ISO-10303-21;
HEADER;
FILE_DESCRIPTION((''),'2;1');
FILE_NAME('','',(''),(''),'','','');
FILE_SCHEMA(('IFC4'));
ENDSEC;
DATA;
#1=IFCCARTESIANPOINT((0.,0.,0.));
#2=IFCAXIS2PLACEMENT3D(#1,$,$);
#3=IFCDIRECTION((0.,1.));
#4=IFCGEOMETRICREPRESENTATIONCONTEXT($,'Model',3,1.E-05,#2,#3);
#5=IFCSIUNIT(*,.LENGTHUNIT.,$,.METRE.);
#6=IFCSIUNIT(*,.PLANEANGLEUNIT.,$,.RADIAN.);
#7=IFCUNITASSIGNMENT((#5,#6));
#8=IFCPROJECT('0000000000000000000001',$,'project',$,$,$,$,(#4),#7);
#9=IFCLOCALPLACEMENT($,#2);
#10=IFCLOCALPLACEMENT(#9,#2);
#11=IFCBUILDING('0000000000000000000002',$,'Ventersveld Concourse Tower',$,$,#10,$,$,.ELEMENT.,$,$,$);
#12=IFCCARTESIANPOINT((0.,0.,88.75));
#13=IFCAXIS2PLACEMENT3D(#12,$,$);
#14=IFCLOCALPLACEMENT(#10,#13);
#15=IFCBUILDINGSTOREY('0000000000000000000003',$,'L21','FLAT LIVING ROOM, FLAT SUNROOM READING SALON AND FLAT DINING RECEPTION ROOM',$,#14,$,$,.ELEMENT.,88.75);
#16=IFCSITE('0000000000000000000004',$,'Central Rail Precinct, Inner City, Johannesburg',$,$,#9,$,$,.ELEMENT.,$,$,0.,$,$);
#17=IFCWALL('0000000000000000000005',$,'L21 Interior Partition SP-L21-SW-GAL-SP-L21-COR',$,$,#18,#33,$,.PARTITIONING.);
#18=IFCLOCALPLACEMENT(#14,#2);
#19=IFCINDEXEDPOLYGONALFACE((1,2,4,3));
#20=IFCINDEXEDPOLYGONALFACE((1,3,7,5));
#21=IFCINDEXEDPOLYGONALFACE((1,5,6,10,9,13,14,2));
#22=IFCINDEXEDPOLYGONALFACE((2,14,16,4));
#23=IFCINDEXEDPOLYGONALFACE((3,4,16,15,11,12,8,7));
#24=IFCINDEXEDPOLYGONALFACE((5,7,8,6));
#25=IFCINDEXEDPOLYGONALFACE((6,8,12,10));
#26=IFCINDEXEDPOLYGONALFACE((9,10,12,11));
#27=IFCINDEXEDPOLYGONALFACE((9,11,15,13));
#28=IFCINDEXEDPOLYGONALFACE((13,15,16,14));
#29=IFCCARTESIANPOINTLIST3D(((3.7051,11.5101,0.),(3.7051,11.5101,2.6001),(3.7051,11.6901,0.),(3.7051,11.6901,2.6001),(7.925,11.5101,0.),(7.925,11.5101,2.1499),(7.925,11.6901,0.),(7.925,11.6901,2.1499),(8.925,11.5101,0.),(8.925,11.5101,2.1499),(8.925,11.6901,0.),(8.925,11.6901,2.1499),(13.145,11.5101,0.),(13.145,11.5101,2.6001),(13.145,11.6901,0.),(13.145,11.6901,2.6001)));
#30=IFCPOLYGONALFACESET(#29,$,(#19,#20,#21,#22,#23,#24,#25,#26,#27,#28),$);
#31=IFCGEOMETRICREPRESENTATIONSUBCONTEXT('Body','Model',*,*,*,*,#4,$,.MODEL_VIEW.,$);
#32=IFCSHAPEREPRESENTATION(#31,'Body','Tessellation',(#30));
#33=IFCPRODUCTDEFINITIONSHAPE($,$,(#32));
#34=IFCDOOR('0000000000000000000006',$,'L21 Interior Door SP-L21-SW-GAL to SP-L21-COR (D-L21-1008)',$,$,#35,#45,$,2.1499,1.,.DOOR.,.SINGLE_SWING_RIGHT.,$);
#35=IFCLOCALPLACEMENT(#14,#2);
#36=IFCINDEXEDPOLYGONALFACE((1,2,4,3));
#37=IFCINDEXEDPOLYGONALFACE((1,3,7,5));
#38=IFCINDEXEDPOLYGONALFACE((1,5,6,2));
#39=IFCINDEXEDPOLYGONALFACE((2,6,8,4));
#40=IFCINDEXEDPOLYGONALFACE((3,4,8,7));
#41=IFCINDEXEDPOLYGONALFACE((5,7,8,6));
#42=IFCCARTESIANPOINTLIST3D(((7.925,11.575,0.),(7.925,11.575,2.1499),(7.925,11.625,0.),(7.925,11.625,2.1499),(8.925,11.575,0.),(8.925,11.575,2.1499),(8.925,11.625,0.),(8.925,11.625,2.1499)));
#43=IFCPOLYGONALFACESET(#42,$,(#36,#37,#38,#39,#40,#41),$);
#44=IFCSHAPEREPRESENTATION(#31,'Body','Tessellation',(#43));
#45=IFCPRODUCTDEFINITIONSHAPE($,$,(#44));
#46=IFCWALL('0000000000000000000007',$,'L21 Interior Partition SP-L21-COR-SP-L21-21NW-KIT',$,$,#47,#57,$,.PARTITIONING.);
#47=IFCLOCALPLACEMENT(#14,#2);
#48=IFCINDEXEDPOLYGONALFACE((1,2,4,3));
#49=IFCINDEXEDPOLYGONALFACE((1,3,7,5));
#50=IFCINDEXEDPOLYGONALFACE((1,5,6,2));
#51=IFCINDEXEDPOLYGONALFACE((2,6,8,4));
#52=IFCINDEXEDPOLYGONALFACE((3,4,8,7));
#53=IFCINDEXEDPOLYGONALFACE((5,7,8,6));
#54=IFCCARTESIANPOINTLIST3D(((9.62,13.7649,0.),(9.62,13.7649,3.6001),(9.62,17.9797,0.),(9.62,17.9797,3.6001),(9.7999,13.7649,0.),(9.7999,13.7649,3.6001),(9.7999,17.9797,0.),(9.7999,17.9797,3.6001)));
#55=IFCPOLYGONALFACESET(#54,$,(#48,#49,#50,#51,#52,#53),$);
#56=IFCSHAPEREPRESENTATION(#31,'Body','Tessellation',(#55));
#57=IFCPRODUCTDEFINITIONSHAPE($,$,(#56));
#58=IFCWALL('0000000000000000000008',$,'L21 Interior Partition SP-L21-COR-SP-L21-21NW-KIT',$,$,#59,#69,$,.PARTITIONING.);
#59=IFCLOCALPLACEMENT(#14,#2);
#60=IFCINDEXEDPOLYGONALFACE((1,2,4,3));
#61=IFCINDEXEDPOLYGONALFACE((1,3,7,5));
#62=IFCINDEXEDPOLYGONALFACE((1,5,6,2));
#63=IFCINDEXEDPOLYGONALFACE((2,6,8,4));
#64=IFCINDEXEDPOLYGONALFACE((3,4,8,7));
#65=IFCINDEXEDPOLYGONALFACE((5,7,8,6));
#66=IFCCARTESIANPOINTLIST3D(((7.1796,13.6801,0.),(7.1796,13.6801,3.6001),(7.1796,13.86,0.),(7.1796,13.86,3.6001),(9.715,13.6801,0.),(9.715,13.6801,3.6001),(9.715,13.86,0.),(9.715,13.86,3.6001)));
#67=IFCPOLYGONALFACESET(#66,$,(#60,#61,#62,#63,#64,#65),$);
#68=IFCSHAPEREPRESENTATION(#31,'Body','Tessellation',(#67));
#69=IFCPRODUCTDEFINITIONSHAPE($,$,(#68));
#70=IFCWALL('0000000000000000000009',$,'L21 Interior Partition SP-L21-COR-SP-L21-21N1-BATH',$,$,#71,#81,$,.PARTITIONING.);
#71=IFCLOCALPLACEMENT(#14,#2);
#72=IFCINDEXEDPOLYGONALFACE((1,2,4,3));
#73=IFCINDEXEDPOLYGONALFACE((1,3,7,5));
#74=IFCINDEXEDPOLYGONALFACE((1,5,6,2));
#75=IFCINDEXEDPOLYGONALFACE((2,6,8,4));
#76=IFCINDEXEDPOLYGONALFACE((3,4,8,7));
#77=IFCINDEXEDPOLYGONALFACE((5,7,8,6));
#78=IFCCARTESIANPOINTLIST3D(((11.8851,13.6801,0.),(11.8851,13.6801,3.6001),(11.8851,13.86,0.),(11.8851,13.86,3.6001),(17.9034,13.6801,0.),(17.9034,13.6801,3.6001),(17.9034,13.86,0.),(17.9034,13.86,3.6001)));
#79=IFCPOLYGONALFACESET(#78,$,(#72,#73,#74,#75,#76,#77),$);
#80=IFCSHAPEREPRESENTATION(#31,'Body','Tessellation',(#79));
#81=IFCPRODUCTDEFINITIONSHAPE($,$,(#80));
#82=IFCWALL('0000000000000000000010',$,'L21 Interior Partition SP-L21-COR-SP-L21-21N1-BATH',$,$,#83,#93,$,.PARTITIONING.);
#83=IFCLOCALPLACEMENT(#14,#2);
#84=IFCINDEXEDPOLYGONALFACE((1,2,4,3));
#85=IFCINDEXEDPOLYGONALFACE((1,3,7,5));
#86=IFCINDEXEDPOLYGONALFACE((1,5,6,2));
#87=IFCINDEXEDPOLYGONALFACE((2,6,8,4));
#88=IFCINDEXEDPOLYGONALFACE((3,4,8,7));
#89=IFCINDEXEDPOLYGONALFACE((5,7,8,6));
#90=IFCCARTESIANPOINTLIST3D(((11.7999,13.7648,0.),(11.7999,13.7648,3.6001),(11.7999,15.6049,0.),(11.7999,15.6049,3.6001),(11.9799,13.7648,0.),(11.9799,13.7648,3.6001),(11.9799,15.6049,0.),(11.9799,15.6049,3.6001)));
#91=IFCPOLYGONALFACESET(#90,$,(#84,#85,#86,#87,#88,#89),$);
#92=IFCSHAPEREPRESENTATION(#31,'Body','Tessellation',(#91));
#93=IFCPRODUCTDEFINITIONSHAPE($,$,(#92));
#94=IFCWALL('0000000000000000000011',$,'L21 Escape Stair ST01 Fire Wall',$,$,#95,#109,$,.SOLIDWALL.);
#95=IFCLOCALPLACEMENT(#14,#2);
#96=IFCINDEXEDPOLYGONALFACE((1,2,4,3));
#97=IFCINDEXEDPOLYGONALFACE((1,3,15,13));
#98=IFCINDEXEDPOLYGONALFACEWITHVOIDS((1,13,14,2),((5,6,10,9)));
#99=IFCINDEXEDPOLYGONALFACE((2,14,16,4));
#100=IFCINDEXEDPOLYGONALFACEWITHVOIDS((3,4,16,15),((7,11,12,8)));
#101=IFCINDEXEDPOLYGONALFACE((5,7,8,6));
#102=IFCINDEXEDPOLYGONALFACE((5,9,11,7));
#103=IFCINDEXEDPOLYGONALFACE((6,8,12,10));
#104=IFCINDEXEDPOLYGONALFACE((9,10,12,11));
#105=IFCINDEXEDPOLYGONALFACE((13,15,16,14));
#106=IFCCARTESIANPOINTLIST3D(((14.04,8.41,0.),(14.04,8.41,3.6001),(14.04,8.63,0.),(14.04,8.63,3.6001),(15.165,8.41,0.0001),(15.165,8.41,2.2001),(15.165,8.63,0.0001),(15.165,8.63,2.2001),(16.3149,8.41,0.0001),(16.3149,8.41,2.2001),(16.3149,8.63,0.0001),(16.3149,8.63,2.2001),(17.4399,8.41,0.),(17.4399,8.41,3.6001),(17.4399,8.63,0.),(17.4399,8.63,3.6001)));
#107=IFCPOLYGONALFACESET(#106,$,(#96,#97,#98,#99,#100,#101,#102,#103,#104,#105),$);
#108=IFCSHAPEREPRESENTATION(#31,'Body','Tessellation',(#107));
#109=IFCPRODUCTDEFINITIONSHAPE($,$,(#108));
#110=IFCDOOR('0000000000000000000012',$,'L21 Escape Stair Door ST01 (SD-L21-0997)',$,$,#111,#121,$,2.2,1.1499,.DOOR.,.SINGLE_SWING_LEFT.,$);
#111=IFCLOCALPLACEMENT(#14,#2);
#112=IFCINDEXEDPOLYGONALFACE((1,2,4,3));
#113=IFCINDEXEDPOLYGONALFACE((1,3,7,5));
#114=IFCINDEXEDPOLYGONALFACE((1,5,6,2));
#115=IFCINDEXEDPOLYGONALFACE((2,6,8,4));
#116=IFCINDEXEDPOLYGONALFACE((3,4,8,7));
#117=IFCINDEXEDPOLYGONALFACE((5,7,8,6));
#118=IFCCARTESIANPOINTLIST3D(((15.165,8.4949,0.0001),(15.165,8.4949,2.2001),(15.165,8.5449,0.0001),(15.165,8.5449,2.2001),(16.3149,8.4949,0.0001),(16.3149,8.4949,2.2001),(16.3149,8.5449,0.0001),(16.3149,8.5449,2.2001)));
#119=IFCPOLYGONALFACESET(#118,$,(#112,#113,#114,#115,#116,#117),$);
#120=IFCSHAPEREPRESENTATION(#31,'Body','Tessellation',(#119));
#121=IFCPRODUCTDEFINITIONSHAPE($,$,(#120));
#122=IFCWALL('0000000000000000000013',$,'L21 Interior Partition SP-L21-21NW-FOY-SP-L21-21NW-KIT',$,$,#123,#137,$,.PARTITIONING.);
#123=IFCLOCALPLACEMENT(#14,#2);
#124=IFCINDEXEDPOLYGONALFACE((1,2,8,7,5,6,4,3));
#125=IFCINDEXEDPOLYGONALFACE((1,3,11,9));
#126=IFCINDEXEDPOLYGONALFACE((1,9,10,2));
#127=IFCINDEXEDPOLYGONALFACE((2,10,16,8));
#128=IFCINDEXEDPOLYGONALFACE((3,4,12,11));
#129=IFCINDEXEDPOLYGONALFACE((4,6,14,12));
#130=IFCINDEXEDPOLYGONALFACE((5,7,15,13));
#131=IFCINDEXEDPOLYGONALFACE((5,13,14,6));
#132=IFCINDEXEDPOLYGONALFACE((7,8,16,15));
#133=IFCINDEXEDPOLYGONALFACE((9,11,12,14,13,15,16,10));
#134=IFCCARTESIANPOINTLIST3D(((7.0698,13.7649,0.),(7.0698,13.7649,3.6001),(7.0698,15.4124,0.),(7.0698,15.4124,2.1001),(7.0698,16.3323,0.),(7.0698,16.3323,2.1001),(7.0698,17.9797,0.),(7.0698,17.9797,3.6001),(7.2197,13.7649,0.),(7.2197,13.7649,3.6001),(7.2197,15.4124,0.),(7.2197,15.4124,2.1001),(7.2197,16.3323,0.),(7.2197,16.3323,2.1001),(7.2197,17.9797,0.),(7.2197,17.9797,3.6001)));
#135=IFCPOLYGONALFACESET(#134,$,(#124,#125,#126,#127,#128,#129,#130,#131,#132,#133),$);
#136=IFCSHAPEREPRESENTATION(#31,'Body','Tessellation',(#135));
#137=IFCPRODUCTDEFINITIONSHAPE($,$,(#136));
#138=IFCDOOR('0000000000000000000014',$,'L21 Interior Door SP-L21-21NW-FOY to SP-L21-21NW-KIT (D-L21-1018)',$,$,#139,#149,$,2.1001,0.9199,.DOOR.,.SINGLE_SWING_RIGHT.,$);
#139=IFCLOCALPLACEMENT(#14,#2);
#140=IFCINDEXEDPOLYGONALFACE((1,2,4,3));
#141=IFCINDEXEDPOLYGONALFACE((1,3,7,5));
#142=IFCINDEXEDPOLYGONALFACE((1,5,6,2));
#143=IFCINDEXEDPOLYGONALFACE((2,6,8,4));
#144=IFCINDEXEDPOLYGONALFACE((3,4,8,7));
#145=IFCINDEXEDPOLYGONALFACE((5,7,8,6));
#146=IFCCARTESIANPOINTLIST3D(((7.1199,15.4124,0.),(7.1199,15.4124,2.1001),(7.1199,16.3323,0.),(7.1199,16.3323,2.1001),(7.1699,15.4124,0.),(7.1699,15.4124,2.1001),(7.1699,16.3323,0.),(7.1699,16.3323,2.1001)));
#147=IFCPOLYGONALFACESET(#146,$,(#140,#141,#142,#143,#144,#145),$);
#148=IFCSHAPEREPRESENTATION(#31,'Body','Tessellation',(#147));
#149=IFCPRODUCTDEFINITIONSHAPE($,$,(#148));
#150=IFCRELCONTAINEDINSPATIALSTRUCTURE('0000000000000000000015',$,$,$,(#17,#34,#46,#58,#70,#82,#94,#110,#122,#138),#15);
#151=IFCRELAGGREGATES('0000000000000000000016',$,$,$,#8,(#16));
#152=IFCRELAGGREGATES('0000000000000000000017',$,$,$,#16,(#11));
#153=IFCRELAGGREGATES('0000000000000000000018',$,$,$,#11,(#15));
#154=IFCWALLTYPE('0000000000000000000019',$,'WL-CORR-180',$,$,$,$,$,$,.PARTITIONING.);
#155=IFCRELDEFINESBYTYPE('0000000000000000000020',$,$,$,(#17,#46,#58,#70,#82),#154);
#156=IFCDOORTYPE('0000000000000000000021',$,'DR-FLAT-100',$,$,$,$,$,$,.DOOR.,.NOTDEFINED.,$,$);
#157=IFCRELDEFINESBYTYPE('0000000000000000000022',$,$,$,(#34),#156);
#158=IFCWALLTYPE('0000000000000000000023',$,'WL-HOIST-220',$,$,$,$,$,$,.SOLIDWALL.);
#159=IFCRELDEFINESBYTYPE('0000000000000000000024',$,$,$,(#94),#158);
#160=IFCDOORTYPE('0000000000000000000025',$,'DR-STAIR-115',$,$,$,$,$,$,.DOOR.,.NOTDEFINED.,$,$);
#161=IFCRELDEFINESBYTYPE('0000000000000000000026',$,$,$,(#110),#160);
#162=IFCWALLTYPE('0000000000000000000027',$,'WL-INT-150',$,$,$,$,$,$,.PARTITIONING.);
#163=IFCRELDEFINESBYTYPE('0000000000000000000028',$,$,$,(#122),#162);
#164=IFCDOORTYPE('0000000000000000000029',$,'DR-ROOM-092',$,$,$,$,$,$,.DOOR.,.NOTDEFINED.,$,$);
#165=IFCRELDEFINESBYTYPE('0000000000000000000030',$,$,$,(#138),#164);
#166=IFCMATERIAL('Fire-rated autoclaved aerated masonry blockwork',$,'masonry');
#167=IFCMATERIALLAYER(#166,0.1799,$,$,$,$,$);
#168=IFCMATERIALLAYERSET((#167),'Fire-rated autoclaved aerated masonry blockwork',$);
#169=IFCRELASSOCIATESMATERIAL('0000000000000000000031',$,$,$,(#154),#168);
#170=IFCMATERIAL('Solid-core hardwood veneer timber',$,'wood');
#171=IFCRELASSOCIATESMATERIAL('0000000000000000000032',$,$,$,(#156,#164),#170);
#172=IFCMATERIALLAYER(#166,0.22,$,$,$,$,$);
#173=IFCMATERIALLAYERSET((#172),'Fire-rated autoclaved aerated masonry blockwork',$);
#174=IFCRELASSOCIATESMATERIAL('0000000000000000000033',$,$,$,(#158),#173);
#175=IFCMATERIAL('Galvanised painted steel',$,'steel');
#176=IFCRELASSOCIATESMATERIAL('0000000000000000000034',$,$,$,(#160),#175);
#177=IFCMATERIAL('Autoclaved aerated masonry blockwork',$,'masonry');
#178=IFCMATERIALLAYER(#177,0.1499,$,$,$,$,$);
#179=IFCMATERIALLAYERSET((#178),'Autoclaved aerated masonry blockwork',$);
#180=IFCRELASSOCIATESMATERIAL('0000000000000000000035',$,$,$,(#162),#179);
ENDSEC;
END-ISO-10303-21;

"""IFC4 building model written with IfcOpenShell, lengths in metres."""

from ifc_helpers import new_model, si_unit, direction, frame, frame_2d, origin, place, context, subcontext, project, spatial, rectangle, extrude, material, layer, layer_set, type_object, element, fill, save


model = new_model("IFC4")

# Units and contexts
model_context = context("Model", 3, precision=1e-05, world=origin(), true_north=direction((0.0, 1.0)))
body_context = subcontext(model_context, "Body", "Model", "MODEL_VIEW")
ifc_project = project(units=[si_unit("LENGTHUNIT", "METRE"), si_unit("PLANEANGLEUNIT", "RADIAN")], contexts=[model_context])

# Site, building, storey
site_placement = place(None, origin())
site = spatial("IfcSite", under=ifc_project, at=site_placement, Name="Central Rail Precinct, Inner City, Johannesburg", CompositionType="ELEMENT", RefElevation=0.0)
building_placement = place(site_placement, origin())
building = spatial("IfcBuilding", under=site, at=building_placement, Name="Ventersveld Concourse Tower", CompositionType="ELEMENT")
storey_placement = place(building_placement, frame((0.0, 0.0, 88.75)))
storey = spatial("IfcBuildingStorey", under=building, at=storey_placement, Name="L21", Description="FLAT LIVING ROOM, FLAT SUNROOM READING SALON AND FLAT DINING RECEPTION ROOM", CompositionType="ELEMENT", Elevation=88.75)

# Wall, opening, door
ifc_material_1 = material(Name="Fire-rated autoclaved aerated masonry blockwork", Category="masonry")
ifc_layer_1 = layer(ifc_material_1, 0.1799)
ifc_layer_set_1 = layer_set([ifc_layer_1], Name="Fire-rated autoclaved aerated masonry blockwork")
wall_type_1 = type_object("IfcWallType", Name="WL-CORR-180", PredefinedType="PARTITIONING", material=ifc_layer_set_1)
wall_1_placement = place(storey_placement, frame((3.7051, 11.6001, 0.0), z_axis=(0.0, 0.0, 1.0), x_axis=(1.0, 0.0, 0.0)))
wall_1 = element("IfcWall", 1, at=wall_1_placement, inside=storey, type_object=wall_type_1, Name="L21 Interior Partition SP-L21-SW-GAL-SP-L21-COR", PredefinedType="PARTITIONING", context=body_context, shape_type="SweptSolid", body=[
    extrude(rectangle(XDim=9.4399, YDim=0.1799, at=frame_2d((4.72, 0.0))), origin(), (0.0, 0.0, 1.0), 2.6001),
])
opening_1_placement = place(wall_1_placement, frame((4.22, 0.0, 0.0)))
opening_1 = element("IfcOpeningElement", 2, at=opening_1_placement, cuts=wall_1, PredefinedType="OPENING", context=body_context, shape_type="SweptSolid", body=[
    extrude(rectangle(XDim=1.0, YDim=2.1499, at=frame_2d((0.5, 1.075))), frame((0.0, 0.1001, 0.0), z_axis=(0.0, -1.0, 0.0), x_axis=(1.0, 0.0, 0.0)), (0.0, 0.0, 1.0), 0.2),
])
ifc_material_2 = material(Name="Solid-core hardwood veneer timber", Category="wood")
door_type_1 = type_object("IfcDoorType", Name="DR-FLAT-100", OperationType="NOTDEFINED", PredefinedType="DOOR", material=ifc_material_2)
door_1_placement = place(opening_1_placement, origin())
door_1 = element("IfcDoor", 3, at=door_1_placement, inside=storey, type_object=door_type_1, Name="L21 Interior Door SP-L21-SW-GAL to SP-L21-COR (D-L21-1008)", OperationType="SINGLE_SWING_RIGHT", OverallHeight=2.1499, OverallWidth=1.0, PredefinedType="DOOR", context=body_context, shape_type="SweptSolid", body=[
    extrude(rectangle(XDim=1.0, YDim=2.1499, at=frame_2d((0.5, 1.075))), frame((0.0, 0.0249, 0.0), z_axis=(0.0, -1.0, 0.0), x_axis=(1.0, 0.0, 0.0)), (0.0, 0.0, 1.0), 0.05),
])
fill(opening_1, door_1)

# Walls
wall_2_placement = place(storey_placement, frame((9.71, 13.7649, 0.0), z_axis=(0.0, 0.0, 1.0), x_axis=(0.0, 1.0, 0.0)))
element("IfcWall", 4, at=wall_2_placement, inside=storey, type_object=wall_type_1, Name="L21 Interior Partition SP-L21-COR-SP-L21-21NW-KIT", PredefinedType="PARTITIONING", context=body_context, shape_type="SweptSolid", body=[
    extrude(rectangle(XDim=4.2148, YDim=0.1799, at=frame_2d((2.1074, 0.0))), origin(), (0.0, 0.0, 1.0), 3.6001),
])
wall_3_placement = place(storey_placement, frame((7.1797, 13.77, 0.0), z_axis=(0.0, 0.0, 1.0), x_axis=(1.0, 0.0, 0.0)))
element("IfcWall", 5, at=wall_3_placement, inside=storey, type_object=wall_type_1, Name="L21 Interior Partition SP-L21-COR-SP-L21-21NW-KIT", PredefinedType="PARTITIONING", context=body_context, shape_type="SweptSolid", body=[
    extrude(rectangle(XDim=2.5354, YDim=0.1799, at=frame_2d((1.2676, 0.0))), origin(), (0.0, 0.0, 1.0), 3.6001),
])
wall_4_placement = place(storey_placement, frame((11.885, 13.77, 0.0), z_axis=(0.0, 0.0, 1.0), x_axis=(1.0, 0.0, 0.0)))
element("IfcWall", 6, at=wall_4_placement, inside=storey, type_object=wall_type_1, Name="L21 Interior Partition SP-L21-COR-SP-L21-21N1-BATH", PredefinedType="PARTITIONING", context=body_context, shape_type="SweptSolid", body=[
    extrude(rectangle(XDim=6.0183, YDim=0.1799, at=frame_2d((3.0093, 0.0))), origin(), (0.0, 0.0, 1.0), 3.6001),
])
wall_5_placement = place(storey_placement, frame((11.8899, 13.7649, 0.0), z_axis=(0.0, 0.0, 1.0), x_axis=(0.0, 1.0, 0.0)))
element("IfcWall", 7, at=wall_5_placement, inside=storey, type_object=wall_type_1, Name="L21 Interior Partition SP-L21-COR-SP-L21-21N1-BATH", PredefinedType="PARTITIONING", context=body_context, shape_type="SweptSolid", body=[
    extrude(rectangle(XDim=1.8401, YDim=0.1799, at=frame_2d((0.9199, 0.0))), origin(), (0.0, 0.0, 1.0), 3.6001),
])

# Walls, openings, doors
ifc_layer_2 = layer(ifc_material_1, 0.22)
ifc_layer_set_2 = layer_set([ifc_layer_2], Name="Fire-rated autoclaved aerated masonry blockwork")
wall_type_2 = type_object("IfcWallType", Name="WL-HOIST-220", PredefinedType="SOLIDWALL", material=ifc_layer_set_2)
wall_6_placement = place(storey_placement, frame((14.04, 8.52, 0.0), z_axis=(0.0, 0.0, 1.0), x_axis=(1.0, 0.0, 0.0)))
wall_6 = element("IfcWall", 8, at=wall_6_placement, inside=storey, type_object=wall_type_2, Name="L21 Escape Stair ST01 Fire Wall", PredefinedType="SOLIDWALL", context=body_context, shape_type="SweptSolid", body=[
    extrude(rectangle(XDim=3.3999, YDim=0.22, at=frame_2d((1.7, 0.0))), origin(), (0.0, 0.0, 1.0), 3.6001),
])
opening_2_placement = place(wall_6_placement, frame((1.125, 0.0, 0.0)))
opening_2 = element("IfcOpeningElement", 9, at=opening_2_placement, cuts=wall_6, PredefinedType="OPENING", context=body_context, shape_type="SweptSolid", body=[
    extrude(rectangle(XDim=1.1499, YDim=2.2, at=frame_2d((0.575, 1.1001))), frame((0.0, 0.1201, 0.0), z_axis=(0.0, -1.0, 0.0), x_axis=(1.0, 0.0, 0.0)), (0.0, 0.0, 1.0), 0.24),
])
ifc_material_3 = material(Name="Galvanised painted steel", Category="steel")
door_type_2 = type_object("IfcDoorType", Name="DR-STAIR-115", OperationType="NOTDEFINED", PredefinedType="DOOR", material=ifc_material_3)
door_2_placement = place(opening_2_placement, origin())
door_2 = element("IfcDoor", 10, at=door_2_placement, inside=storey, type_object=door_type_2, Name="L21 Escape Stair Door ST01 (SD-L21-0997)", OperationType="SINGLE_SWING_LEFT", OverallHeight=2.2, OverallWidth=1.1499, PredefinedType="DOOR", context=body_context, shape_type="SweptSolid", body=[
    extrude(rectangle(XDim=1.1499, YDim=2.2, at=frame_2d((0.575, 1.1001))), frame((0.0, 0.0249, 0.0), z_axis=(0.0, -1.0, 0.0), x_axis=(1.0, 0.0, 0.0)), (0.0, 0.0, 1.0), 0.05),
])
fill(opening_2, door_2)
ifc_material_4 = material(Name="Autoclaved aerated masonry blockwork", Category="masonry")
ifc_layer_3 = layer(ifc_material_4, 0.1499)
ifc_layer_set_3 = layer_set([ifc_layer_3], Name="Autoclaved aerated masonry blockwork")
wall_type_3 = type_object("IfcWallType", Name="WL-INT-150", PredefinedType="PARTITIONING", material=ifc_layer_set_3)
wall_7_placement = place(storey_placement, frame((7.1448, 13.7649, 0.0), z_axis=(0.0, 0.0, 1.0), x_axis=(0.0, 1.0, 0.0)))
wall_7 = element("IfcWall", 11, at=wall_7_placement, inside=storey, type_object=wall_type_3, Name="L21 Interior Partition SP-L21-21NW-FOY-SP-L21-21NW-KIT", PredefinedType="PARTITIONING", context=body_context, shape_type="SweptSolid", body=[
    extrude(rectangle(XDim=4.2148, YDim=0.1499, at=frame_2d((2.1074, 0.0))), origin(), (0.0, 0.0, 1.0), 3.6001),
])
opening_3_placement = place(wall_7_placement, frame((1.6475, 0.0, 0.0)))
opening_3 = element("IfcOpeningElement", 12, at=opening_3_placement, cuts=wall_7, PredefinedType="OPENING", context=body_context, shape_type="SweptSolid", body=[
    extrude(rectangle(XDim=0.9199, YDim=2.1001, at=frame_2d((0.46, 1.05))), frame((0.0, 0.085, 0.0), z_axis=(0.0, -1.0, 0.0), x_axis=(1.0, 0.0, 0.0)), (0.0, 0.0, 1.0), 0.1699),
])
door_type_3 = type_object("IfcDoorType", Name="DR-ROOM-092", OperationType="NOTDEFINED", PredefinedType="DOOR", material=ifc_material_2)
door_3_placement = place(opening_3_placement, origin())
door_3 = element("IfcDoor", 13, at=door_3_placement, inside=storey, type_object=door_type_3, Name="L21 Interior Door SP-L21-21NW-FOY to SP-L21-21NW-KIT (D-L21-1018)", OperationType="SINGLE_SWING_RIGHT", OverallHeight=2.1001, OverallWidth=0.9199, PredefinedType="DOOR", context=body_context, shape_type="SweptSolid", body=[
    extrude(rectangle(XDim=0.9199, YDim=2.1001, at=frame_2d((0.46, 1.05))), frame((0.0, 0.0249, 0.0), z_axis=(0.0, -1.0, 0.0), x_axis=(1.0, 0.0, 0.0)), (0.0, 0.0, 1.0), 0.05),
])
fill(opening_3, door_3)

save(model, "model.ifc")
